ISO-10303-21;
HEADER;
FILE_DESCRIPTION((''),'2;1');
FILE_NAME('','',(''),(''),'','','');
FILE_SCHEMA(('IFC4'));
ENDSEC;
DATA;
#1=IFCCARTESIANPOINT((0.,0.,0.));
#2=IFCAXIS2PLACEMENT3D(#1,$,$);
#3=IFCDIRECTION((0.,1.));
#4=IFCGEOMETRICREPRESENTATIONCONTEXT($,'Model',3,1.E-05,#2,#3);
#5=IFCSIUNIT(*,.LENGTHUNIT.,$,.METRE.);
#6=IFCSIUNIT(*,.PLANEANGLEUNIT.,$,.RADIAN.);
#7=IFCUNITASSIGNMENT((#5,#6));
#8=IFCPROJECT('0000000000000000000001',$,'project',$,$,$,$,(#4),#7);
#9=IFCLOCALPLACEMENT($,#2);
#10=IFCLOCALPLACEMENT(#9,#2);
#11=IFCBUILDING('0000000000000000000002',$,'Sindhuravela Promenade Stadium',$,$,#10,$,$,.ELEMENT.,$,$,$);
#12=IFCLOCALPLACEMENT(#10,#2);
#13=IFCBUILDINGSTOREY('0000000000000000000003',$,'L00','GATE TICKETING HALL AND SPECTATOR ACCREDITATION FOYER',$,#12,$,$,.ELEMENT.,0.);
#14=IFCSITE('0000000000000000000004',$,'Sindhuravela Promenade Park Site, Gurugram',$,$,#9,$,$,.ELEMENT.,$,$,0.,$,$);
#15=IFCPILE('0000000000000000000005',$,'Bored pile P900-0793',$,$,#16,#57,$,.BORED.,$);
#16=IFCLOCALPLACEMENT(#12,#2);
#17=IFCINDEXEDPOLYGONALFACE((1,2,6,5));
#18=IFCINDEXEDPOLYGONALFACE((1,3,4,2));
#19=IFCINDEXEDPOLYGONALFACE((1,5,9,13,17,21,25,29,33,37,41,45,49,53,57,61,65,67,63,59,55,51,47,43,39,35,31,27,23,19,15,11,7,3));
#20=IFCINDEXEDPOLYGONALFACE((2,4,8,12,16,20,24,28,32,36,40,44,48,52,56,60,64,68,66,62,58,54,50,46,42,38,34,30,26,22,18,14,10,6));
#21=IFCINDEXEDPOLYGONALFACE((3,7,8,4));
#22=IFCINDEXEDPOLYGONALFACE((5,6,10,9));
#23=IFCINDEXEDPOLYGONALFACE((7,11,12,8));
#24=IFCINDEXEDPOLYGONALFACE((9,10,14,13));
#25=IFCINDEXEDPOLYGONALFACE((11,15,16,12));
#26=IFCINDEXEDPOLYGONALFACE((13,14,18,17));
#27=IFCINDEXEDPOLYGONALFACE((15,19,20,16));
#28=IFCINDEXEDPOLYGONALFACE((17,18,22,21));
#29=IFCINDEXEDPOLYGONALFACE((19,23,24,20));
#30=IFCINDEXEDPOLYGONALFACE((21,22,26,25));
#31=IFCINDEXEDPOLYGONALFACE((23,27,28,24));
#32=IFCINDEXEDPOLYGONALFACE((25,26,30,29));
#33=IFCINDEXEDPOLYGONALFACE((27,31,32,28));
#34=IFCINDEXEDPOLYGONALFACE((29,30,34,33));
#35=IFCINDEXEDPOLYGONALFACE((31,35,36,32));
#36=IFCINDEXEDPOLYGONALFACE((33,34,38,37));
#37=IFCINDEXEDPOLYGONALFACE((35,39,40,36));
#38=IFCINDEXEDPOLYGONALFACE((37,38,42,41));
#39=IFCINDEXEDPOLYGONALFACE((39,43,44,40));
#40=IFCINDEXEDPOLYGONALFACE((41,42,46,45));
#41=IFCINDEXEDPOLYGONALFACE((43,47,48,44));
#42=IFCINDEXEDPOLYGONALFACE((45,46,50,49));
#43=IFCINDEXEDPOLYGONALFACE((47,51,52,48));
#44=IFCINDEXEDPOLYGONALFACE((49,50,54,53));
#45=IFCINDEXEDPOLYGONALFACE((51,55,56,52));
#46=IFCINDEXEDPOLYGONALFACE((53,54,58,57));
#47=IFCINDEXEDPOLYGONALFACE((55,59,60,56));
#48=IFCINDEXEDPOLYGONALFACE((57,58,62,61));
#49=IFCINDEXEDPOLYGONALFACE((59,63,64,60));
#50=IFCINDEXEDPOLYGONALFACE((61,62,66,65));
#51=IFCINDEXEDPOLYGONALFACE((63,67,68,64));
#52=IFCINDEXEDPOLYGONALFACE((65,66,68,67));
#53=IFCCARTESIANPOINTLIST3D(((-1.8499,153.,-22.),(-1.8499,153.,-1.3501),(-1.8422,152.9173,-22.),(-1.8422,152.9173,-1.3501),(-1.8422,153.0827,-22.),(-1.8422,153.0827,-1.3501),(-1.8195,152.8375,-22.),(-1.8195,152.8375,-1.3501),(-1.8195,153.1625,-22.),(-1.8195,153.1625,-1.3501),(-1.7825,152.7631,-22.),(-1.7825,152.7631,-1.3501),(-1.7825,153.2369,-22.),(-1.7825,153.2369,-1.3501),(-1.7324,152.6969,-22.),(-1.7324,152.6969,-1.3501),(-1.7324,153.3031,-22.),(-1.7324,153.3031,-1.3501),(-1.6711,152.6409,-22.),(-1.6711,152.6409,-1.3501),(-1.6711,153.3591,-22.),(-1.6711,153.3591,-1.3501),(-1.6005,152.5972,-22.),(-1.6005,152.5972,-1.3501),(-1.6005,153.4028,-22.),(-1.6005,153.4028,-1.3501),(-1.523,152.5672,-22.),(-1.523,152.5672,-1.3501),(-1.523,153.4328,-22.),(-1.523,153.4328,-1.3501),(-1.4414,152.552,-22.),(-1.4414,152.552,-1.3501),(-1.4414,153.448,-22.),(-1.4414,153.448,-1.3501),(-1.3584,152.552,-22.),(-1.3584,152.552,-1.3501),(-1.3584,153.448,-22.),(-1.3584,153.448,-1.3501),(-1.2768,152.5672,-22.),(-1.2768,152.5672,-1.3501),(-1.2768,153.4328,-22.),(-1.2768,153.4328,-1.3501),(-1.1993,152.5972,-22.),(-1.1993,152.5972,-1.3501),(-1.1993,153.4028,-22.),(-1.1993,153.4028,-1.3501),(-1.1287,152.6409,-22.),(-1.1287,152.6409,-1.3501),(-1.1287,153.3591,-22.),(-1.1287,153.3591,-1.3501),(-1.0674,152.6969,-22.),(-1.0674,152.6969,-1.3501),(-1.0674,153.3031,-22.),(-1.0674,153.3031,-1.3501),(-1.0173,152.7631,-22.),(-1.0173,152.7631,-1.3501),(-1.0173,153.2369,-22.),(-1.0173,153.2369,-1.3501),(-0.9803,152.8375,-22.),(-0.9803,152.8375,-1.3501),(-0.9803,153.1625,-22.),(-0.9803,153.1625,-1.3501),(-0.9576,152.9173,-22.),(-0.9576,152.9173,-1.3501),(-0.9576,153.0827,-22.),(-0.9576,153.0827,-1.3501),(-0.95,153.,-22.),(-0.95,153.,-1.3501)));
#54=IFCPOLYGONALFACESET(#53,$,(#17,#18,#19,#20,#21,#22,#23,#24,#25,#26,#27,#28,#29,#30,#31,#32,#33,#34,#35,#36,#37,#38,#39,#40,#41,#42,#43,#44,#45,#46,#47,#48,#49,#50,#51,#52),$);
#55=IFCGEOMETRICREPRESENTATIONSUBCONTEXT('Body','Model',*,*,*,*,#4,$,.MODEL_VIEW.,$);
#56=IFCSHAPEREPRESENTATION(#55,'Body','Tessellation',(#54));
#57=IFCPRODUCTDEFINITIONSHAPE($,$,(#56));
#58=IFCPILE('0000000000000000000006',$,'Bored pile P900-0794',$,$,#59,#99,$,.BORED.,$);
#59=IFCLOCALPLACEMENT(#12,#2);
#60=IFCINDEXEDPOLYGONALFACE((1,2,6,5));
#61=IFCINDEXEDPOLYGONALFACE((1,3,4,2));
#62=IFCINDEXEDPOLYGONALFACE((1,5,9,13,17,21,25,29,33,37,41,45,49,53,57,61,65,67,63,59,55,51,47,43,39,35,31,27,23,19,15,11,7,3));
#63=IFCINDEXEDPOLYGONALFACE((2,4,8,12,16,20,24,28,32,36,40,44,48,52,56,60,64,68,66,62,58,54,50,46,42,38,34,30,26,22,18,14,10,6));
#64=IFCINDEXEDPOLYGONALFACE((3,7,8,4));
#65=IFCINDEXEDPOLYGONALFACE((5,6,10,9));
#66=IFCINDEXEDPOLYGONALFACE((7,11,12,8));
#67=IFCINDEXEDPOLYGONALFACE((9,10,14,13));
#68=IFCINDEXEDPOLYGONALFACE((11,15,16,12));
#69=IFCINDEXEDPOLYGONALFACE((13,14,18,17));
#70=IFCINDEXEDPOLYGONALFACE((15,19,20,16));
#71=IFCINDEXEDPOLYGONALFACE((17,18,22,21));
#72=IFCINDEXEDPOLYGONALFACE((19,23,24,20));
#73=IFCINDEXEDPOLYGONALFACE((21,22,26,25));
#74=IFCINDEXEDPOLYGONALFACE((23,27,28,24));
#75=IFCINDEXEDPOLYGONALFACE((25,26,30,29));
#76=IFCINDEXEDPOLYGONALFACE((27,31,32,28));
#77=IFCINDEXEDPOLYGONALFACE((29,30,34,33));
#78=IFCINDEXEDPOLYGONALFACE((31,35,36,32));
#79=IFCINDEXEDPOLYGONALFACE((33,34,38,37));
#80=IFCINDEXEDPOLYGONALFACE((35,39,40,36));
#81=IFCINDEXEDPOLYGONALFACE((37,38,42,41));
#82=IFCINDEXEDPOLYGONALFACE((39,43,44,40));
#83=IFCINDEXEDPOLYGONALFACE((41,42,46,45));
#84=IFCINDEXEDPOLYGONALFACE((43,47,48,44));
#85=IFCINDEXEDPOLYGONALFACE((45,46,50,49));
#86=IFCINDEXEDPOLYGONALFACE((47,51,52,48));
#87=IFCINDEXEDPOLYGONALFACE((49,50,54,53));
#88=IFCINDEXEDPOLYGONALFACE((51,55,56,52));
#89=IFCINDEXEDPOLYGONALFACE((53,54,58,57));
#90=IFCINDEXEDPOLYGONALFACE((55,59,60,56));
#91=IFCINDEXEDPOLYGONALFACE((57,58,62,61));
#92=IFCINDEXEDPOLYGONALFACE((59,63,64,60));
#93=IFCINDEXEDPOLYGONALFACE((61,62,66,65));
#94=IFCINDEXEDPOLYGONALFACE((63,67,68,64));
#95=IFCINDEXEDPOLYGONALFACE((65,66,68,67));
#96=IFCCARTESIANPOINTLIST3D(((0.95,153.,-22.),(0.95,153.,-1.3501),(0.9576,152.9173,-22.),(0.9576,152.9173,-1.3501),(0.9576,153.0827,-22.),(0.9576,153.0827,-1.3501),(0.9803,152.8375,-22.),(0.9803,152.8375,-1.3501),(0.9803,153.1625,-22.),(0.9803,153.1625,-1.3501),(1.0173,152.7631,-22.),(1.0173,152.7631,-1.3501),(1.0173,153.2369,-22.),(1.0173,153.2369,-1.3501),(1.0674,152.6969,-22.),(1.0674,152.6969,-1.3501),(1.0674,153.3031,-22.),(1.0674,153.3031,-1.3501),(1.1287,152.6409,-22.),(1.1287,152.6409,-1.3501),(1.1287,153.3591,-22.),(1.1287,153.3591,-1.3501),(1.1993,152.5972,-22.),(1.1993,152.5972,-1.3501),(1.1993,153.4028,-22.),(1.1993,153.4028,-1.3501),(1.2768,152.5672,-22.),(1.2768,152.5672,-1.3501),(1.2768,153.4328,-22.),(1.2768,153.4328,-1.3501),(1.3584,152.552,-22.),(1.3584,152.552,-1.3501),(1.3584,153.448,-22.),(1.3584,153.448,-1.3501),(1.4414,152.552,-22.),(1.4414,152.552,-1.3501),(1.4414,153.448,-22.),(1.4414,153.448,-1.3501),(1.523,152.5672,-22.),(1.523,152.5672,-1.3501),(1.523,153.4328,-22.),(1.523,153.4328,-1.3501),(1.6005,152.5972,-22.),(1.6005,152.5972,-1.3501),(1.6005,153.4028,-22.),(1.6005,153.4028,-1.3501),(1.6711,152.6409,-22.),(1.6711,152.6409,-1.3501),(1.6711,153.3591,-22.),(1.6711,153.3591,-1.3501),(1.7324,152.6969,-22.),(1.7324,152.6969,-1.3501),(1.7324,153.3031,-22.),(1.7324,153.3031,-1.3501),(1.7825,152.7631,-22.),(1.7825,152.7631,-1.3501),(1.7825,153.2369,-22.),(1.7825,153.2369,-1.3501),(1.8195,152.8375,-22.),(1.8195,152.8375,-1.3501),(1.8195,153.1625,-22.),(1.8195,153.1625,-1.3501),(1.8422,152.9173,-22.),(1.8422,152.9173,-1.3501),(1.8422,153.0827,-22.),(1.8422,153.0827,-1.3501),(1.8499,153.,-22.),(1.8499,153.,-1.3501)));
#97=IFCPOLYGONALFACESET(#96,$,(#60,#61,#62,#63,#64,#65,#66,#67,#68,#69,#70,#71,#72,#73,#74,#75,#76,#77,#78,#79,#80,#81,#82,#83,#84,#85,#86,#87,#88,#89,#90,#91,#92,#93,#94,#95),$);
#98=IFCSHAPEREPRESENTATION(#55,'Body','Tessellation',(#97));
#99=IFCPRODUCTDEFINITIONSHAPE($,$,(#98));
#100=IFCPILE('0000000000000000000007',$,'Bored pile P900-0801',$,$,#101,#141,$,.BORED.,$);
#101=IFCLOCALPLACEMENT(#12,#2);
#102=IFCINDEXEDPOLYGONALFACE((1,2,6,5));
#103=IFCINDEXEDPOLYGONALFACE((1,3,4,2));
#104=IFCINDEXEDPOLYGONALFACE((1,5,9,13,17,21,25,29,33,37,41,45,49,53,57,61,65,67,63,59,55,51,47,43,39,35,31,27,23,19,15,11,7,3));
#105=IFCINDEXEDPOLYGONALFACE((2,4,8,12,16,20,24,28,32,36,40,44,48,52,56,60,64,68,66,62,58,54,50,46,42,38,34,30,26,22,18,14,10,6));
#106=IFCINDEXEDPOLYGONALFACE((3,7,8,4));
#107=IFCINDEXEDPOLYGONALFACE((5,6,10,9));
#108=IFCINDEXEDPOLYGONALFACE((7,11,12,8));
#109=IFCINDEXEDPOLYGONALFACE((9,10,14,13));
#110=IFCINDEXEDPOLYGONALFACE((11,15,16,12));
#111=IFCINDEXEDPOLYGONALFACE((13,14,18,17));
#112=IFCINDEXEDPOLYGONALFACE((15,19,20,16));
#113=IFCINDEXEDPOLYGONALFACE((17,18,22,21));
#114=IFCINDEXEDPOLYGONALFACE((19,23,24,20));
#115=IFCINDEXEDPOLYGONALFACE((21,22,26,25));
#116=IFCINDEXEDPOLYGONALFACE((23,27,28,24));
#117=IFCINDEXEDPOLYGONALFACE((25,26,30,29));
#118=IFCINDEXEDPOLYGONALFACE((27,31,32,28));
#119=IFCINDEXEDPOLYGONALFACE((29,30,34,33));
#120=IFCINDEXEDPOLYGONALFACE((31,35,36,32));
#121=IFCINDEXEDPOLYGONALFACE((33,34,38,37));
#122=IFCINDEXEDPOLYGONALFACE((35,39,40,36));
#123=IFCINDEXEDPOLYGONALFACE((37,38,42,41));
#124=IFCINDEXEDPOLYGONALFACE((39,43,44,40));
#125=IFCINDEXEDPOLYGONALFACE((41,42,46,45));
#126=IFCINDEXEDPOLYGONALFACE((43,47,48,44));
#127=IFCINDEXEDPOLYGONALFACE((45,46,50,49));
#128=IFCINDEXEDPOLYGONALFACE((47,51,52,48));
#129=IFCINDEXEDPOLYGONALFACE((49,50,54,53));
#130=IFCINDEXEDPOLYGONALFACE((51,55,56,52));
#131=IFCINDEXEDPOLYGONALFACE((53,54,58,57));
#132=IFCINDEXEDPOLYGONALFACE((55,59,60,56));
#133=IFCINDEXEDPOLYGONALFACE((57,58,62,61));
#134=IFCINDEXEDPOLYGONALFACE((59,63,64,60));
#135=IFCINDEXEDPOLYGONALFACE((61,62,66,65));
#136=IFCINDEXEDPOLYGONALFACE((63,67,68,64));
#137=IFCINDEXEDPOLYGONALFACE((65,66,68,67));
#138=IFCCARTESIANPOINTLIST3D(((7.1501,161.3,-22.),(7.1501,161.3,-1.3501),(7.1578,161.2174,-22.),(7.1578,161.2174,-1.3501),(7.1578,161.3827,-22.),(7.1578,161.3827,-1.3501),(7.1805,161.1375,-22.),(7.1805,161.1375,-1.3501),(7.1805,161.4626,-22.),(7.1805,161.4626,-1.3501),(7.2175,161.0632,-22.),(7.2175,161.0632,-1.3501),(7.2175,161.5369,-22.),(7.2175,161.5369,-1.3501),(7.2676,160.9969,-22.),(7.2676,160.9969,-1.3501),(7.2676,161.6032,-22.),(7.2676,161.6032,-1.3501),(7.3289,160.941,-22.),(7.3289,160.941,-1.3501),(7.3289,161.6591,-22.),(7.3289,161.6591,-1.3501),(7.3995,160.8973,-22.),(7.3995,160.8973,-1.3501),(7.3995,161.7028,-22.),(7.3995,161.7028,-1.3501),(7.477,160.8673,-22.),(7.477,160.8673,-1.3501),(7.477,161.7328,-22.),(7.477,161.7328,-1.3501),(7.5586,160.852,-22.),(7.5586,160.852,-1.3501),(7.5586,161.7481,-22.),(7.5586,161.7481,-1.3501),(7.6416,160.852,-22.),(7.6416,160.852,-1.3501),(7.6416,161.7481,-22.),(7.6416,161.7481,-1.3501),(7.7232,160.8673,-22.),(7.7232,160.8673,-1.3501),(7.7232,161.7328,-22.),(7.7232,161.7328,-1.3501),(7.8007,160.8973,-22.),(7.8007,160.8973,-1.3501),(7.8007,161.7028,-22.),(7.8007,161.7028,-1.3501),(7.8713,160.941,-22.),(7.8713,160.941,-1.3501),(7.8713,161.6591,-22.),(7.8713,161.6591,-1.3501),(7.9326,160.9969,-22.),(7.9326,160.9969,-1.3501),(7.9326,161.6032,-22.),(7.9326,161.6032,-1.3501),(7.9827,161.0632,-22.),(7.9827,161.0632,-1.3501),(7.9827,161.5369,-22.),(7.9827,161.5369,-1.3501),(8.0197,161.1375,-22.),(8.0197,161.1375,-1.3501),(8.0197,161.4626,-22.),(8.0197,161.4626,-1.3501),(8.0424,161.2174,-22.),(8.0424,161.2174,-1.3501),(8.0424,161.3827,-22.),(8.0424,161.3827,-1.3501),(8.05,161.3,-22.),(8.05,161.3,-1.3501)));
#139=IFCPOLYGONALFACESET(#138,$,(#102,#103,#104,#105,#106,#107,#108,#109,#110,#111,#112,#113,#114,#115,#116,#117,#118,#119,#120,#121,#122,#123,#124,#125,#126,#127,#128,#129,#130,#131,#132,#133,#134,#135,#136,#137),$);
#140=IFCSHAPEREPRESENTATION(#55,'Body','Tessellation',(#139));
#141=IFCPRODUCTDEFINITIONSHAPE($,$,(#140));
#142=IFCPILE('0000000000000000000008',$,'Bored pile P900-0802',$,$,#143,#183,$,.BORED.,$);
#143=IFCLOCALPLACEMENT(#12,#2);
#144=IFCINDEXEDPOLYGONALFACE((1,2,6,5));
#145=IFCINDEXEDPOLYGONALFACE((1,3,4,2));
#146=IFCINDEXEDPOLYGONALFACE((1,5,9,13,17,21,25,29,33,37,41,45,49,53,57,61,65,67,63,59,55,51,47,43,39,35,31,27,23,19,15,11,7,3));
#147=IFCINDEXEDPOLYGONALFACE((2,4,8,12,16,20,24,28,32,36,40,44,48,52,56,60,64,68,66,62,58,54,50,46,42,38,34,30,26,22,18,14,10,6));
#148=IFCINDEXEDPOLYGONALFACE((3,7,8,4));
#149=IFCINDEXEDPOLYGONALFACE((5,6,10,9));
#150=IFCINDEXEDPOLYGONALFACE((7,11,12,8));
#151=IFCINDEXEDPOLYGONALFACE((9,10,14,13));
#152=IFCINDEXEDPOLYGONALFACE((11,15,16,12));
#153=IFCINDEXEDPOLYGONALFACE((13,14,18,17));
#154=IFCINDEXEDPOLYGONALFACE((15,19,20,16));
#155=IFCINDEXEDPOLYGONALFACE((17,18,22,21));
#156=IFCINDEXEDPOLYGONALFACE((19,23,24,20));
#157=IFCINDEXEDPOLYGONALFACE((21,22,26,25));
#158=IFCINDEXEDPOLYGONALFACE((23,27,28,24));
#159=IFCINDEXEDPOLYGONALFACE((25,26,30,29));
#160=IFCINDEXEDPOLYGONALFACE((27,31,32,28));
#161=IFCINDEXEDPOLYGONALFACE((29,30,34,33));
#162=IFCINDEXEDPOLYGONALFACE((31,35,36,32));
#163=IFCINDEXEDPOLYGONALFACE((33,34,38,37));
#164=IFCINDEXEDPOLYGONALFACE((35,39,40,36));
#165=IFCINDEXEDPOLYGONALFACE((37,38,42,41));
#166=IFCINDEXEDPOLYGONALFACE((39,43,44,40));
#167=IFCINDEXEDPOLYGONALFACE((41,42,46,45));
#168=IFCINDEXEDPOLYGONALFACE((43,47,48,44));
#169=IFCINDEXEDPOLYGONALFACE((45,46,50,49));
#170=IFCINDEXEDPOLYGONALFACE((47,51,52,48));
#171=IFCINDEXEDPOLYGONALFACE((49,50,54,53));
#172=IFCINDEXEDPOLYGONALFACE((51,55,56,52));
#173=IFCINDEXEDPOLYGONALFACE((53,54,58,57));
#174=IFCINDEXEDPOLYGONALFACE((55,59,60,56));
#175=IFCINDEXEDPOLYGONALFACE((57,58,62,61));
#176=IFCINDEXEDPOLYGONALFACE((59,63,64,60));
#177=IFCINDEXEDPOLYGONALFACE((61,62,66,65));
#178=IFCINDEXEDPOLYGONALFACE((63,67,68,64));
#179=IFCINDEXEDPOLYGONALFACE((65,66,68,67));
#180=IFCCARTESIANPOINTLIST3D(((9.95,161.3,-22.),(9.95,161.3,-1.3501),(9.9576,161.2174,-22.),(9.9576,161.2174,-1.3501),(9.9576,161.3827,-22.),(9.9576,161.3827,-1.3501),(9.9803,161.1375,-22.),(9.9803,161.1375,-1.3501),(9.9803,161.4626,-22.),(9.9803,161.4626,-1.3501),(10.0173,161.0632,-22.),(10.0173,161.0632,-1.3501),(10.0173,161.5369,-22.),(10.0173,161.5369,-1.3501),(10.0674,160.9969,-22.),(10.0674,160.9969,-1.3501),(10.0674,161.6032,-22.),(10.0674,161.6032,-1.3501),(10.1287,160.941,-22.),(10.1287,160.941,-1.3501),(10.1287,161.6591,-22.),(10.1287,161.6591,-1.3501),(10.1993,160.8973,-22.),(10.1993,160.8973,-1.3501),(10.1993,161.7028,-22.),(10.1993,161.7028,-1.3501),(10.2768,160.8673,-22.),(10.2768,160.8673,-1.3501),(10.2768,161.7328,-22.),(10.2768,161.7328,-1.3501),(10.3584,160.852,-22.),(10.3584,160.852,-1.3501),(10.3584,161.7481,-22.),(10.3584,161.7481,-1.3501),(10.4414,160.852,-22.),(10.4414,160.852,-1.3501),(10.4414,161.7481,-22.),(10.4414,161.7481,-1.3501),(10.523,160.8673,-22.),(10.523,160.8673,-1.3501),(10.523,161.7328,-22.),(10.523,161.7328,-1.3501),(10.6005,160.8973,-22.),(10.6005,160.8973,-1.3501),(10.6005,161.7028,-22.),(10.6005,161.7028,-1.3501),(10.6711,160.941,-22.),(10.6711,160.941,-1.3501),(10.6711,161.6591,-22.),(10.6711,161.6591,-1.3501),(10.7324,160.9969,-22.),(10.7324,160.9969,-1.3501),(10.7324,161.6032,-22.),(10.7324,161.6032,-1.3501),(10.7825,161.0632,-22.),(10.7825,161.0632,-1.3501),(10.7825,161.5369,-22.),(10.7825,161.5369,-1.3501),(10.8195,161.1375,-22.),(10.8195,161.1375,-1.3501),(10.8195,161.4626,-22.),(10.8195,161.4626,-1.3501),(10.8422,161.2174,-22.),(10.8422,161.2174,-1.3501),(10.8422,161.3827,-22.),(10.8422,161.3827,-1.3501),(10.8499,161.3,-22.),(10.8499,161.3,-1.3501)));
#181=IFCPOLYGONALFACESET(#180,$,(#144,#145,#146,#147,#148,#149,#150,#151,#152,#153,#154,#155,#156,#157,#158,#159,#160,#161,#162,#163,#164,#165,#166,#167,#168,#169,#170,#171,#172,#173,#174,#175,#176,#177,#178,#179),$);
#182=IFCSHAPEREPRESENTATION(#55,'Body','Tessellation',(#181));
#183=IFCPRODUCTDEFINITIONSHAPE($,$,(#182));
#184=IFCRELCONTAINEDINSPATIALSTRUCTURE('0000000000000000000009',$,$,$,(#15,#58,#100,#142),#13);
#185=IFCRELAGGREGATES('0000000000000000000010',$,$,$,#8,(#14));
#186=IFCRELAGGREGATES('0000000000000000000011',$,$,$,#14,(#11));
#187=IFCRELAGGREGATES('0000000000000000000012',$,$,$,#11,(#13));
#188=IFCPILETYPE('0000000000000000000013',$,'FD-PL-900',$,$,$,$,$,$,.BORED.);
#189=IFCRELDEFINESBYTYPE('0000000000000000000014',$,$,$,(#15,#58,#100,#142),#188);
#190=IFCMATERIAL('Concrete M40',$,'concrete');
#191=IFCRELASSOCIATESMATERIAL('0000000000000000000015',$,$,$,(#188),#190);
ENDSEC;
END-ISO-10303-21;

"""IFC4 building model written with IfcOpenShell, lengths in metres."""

from ifc_helpers import new_model, si_unit, direction, frame, origin, origin_2d, place, context, subcontext, project, spatial, circle, extrude, material, material_profile, profile_set, type_object, element, save


model = new_model("IFC4")

# Units and contexts
model_context = context("Model", 3, precision=1e-05, world=origin(), true_north=direction((0.0, 1.0)))
body_context = subcontext(model_context, "Body", "Model", "MODEL_VIEW")
ifc_project = project(units=[si_unit("LENGTHUNIT", "METRE"), si_unit("PLANEANGLEUNIT", "RADIAN")], contexts=[model_context])

# Site, building, storey
site_placement = place(None, origin())
site = spatial("IfcSite", under=ifc_project, at=site_placement, Name="Sindhuravela Promenade Park Site, Gurugram", CompositionType="ELEMENT", RefElevation=0.0)
building_placement = place(site_placement, origin())
building = spatial("IfcBuilding", under=site, at=building_placement, Name="Sindhuravela Promenade Stadium", CompositionType="ELEMENT")
storey_placement = place(building_placement, origin())
storey = spatial("IfcBuildingStorey", under=building, at=storey_placement, Name="L00", Description="GATE TICKETING HALL AND SPECTATOR ACCREDITATION FOYER", CompositionType="ELEMENT", Elevation=0.0)

# Piles
ifc_material_1 = material(Name="Concrete M40", Category="concrete")
ifc_material_profile_1 = material_profile(ifc_material_1, circle(Radius=0.45, at=origin_2d()), Name="BORED PILE D900")
ifc_profile_set_1 = profile_set([ifc_material_profile_1], Name="Concrete M40")
pile_type_1 = type_object("IfcPileType", Name="FD-PL-900", PredefinedType="BORED", material=ifc_profile_set_1)
for number, where, z_axis, x_axis, name in (
    (1, (-1.3999, 153.0, -1.3501), (0.0, 0.0, -1.0), (1.0, 0.0, 0.0), "Bored pile P900-0793"),
    (2, (1.3999, 153.0, -1.3501), (0.0, 0.0, -1.0), (1.0, 0.0, 0.0), "Bored pile P900-0794"),
    (3, (7.6001, 161.3, -1.3501), (0.0, 0.0, -1.0), (1.0, 0.0, 0.0), "Bored pile P900-0801"),
    (4, (10.3999, 161.3, -1.3501), (0.0, 0.0, -1.0), (1.0, 0.0, 0.0), "Bored pile P900-0802"),
):
    element("IfcPile", number, at=place(storey_placement, frame(where, z_axis=z_axis, x_axis=x_axis)), inside=storey, type_object=pile_type_1, Name=name, PredefinedType="BORED", context=body_context, shape_type="SweptSolid", body=[
        extrude(circle(Radius=0.45, at=origin_2d()), origin(), (0.0, 0.0, 1.0), 20.6499),
    ])

save(model, "model.ifc")
